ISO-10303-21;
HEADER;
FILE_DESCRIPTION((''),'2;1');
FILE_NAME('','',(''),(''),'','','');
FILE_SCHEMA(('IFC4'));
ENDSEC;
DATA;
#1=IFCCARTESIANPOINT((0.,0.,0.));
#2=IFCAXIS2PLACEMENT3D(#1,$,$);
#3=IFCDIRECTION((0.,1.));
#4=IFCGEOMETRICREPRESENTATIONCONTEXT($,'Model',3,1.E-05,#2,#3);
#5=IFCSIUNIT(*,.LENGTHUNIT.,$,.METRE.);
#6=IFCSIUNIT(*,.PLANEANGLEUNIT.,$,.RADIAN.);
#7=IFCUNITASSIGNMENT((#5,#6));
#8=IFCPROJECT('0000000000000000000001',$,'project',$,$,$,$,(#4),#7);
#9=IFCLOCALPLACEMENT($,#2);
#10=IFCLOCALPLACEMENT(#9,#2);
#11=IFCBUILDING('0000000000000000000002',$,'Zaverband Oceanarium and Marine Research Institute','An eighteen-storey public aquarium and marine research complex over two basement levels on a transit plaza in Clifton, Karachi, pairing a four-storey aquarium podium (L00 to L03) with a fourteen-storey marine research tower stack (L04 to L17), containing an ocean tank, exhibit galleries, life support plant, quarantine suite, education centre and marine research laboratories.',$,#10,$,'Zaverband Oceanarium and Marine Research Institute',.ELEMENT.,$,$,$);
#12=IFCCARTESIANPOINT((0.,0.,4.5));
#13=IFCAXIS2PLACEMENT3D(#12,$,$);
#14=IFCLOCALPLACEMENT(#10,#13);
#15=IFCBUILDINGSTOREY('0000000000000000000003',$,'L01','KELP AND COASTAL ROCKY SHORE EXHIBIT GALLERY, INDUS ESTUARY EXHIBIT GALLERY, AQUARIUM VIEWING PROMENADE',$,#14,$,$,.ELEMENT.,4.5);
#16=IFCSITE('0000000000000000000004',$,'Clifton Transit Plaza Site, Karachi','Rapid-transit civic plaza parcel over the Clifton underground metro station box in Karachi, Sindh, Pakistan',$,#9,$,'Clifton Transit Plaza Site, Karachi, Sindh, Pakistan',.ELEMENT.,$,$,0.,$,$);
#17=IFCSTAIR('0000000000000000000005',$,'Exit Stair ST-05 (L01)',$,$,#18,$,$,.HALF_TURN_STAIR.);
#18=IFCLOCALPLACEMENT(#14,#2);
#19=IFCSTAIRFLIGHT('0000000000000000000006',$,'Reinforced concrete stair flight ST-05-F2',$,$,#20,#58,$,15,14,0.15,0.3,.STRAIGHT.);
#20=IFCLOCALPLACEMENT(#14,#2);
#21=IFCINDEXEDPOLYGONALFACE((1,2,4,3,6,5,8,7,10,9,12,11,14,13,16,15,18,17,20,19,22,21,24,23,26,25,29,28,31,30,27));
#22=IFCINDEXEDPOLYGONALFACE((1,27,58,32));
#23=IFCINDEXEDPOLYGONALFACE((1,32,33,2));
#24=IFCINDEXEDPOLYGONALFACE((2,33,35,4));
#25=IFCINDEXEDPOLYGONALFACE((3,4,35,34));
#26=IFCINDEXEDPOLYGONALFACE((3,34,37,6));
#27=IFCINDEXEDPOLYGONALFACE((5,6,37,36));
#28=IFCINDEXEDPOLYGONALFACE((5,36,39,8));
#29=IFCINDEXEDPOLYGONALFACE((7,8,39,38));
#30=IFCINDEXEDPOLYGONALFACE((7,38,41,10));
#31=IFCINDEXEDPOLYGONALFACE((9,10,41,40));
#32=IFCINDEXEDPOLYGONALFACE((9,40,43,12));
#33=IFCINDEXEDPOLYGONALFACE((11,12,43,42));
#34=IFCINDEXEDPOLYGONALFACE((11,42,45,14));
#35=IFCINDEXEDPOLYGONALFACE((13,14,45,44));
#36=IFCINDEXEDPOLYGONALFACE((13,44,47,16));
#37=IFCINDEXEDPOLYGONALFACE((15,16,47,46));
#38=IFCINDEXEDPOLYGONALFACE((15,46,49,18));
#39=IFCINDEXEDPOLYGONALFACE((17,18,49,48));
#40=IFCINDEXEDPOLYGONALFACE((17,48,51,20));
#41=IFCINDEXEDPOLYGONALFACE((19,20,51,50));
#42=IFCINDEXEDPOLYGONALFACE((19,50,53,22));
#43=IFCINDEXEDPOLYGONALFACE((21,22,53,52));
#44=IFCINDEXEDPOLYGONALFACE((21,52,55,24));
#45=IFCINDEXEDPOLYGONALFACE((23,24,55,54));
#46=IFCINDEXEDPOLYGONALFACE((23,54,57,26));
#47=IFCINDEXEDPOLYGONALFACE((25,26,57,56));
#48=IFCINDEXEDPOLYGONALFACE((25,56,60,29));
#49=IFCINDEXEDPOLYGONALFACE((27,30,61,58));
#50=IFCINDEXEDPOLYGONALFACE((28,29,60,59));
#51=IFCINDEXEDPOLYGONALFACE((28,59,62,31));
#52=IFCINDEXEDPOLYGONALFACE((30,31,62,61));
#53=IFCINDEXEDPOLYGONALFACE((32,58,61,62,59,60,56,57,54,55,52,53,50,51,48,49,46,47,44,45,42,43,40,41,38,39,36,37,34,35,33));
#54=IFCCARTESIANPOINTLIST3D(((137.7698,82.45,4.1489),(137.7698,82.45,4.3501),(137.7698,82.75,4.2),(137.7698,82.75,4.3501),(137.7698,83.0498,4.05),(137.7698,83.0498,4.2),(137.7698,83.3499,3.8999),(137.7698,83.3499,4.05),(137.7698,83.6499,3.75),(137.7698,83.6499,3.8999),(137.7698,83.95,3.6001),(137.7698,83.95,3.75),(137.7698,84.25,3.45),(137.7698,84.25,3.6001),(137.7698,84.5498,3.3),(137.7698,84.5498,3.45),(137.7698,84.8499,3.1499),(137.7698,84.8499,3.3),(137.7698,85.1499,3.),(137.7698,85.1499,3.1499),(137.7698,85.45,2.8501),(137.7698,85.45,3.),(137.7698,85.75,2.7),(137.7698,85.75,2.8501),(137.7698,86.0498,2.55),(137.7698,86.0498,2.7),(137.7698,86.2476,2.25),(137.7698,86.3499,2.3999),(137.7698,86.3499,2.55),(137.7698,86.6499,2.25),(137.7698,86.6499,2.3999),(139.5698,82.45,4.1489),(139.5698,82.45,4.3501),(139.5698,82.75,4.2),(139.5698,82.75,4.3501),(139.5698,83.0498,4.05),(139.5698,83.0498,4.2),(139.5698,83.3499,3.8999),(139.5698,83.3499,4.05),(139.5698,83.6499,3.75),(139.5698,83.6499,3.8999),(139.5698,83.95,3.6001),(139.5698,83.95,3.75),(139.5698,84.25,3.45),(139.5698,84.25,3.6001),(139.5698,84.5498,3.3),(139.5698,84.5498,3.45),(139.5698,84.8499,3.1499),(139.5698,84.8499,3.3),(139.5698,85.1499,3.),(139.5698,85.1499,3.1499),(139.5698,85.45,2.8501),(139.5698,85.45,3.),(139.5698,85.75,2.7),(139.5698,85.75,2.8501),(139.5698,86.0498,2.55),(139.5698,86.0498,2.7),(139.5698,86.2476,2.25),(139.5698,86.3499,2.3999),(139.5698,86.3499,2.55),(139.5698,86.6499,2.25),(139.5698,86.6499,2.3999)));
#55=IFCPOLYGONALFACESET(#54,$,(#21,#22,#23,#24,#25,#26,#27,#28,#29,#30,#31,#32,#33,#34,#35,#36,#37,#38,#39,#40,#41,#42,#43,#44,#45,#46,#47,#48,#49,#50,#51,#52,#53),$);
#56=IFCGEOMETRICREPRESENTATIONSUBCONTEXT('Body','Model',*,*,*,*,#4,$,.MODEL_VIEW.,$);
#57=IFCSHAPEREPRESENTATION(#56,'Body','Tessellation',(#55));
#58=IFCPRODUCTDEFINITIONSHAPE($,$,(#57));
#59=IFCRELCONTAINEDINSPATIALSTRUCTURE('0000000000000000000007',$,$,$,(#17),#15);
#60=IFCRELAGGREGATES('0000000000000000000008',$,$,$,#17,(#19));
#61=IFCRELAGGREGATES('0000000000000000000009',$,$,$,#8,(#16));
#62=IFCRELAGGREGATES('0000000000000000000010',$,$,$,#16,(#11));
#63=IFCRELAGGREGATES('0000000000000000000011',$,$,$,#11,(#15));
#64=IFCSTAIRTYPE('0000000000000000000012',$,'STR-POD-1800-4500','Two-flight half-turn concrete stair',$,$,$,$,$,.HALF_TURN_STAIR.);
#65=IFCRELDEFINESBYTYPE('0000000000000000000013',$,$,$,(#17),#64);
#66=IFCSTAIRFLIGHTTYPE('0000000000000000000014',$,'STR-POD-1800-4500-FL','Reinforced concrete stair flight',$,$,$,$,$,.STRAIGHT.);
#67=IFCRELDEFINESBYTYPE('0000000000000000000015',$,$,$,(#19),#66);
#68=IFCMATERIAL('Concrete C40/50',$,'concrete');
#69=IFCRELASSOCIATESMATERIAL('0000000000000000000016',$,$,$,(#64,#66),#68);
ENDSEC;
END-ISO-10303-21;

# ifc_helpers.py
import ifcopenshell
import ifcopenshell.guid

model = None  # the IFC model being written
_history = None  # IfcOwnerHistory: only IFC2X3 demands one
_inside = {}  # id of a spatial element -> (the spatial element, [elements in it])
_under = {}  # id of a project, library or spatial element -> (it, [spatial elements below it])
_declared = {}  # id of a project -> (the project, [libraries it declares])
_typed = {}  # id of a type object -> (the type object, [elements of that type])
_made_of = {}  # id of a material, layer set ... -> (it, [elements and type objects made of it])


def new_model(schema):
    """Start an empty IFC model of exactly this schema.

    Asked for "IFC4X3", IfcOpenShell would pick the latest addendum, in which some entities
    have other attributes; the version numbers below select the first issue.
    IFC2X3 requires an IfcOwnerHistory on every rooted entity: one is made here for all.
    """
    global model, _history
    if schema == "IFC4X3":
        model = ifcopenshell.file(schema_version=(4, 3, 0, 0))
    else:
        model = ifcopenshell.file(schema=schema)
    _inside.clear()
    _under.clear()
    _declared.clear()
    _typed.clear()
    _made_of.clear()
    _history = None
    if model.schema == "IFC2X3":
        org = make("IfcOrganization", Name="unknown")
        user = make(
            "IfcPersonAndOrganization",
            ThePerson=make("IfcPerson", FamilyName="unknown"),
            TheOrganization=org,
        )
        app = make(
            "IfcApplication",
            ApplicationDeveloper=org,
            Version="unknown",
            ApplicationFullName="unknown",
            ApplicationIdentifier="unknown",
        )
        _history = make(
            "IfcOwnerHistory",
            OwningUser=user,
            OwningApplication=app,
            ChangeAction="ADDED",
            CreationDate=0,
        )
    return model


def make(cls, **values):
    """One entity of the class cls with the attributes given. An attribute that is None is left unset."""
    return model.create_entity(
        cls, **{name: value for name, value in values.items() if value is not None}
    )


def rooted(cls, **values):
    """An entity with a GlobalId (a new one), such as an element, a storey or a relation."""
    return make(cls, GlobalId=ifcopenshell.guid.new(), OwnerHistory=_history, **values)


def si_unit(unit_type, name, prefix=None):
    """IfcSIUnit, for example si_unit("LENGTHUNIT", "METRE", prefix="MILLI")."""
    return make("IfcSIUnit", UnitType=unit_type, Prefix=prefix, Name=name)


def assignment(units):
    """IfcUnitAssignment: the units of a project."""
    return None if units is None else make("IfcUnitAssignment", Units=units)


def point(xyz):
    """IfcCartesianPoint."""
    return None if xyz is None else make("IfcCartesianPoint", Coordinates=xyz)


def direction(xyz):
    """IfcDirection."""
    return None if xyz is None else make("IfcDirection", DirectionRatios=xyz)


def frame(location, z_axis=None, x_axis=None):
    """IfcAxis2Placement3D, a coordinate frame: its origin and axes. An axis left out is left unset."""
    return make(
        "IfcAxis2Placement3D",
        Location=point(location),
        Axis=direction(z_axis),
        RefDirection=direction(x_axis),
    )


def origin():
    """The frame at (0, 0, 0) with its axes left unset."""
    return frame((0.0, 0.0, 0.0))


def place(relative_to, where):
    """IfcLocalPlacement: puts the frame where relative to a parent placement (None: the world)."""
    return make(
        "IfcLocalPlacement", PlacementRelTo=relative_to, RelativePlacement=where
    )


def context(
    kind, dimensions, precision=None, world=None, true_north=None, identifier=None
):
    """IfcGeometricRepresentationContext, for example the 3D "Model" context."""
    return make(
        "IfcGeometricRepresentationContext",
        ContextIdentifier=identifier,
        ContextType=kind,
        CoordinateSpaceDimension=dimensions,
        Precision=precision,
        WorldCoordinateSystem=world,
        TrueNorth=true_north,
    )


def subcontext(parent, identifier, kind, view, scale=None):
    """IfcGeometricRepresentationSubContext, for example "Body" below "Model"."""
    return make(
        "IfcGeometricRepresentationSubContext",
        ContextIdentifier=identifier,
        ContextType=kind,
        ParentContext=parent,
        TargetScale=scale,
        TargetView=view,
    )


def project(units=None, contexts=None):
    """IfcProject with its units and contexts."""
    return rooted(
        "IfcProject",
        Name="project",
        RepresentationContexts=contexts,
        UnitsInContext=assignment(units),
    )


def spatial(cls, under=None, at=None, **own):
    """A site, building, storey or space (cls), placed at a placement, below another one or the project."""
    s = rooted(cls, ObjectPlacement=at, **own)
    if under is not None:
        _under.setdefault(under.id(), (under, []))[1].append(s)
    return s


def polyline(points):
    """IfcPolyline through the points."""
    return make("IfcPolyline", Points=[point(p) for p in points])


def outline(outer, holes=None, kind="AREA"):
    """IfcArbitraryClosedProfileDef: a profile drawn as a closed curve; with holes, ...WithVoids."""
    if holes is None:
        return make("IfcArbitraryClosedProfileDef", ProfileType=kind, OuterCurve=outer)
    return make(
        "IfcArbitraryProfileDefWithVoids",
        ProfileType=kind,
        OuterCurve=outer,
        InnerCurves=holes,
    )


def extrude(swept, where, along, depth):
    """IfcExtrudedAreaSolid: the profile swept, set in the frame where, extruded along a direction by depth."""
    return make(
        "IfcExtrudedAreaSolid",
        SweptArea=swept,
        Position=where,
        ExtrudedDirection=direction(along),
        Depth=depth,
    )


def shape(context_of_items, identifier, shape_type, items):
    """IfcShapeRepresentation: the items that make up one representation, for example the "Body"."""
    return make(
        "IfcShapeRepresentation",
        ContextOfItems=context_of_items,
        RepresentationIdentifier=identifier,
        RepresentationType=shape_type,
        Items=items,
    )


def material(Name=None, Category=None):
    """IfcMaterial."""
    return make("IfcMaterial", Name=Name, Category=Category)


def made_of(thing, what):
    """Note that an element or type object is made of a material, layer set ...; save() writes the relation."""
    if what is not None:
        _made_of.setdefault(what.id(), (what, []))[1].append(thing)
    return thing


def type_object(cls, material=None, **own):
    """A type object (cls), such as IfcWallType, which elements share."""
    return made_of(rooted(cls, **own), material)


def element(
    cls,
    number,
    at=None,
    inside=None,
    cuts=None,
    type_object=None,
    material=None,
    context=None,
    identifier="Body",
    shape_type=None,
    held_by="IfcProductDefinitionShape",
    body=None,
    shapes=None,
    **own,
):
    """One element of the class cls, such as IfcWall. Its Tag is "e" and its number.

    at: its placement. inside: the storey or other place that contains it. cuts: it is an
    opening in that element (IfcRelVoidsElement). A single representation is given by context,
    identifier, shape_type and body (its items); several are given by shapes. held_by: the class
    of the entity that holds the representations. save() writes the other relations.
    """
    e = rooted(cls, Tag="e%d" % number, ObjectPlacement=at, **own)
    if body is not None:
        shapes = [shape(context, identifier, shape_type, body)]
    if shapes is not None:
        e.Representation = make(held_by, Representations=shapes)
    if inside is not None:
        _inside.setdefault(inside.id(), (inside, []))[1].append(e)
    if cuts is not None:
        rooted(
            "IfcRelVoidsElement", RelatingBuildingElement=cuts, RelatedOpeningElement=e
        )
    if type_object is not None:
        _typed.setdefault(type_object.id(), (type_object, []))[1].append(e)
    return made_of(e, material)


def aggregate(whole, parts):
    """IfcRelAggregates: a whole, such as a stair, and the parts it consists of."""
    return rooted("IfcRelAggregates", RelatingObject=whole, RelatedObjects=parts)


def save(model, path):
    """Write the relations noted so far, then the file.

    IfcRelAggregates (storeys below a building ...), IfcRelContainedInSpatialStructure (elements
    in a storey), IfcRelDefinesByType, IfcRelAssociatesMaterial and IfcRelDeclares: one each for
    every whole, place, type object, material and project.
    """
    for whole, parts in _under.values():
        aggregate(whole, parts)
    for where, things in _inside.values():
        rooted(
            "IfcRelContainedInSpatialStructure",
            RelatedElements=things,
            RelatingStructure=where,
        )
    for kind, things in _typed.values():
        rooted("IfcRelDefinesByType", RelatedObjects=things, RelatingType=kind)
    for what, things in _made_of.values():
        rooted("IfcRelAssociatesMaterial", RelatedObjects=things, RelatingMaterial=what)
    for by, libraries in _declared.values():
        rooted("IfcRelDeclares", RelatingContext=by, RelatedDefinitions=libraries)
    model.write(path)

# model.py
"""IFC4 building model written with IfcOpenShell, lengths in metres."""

from ifc_helpers import new_model, si_unit, direction, frame, origin, place, context, subcontext, project, spatial, polyline, outline, extrude, material, type_object, element, aggregate, save


model = new_model("IFC4")

# Units and contexts
model_context = context("Model", 3, precision=1e-05, world=origin(), true_north=direction((0.0, 1.0)))
body_context = subcontext(model_context, "Body", "Model", "MODEL_VIEW")
ifc_project = project(units=[si_unit("LENGTHUNIT", "METRE"), si_unit("PLANEANGLEUNIT", "RADIAN")], contexts=[model_context])

# Site, building, storey
site_placement = place(None, origin())
site = spatial("IfcSite", under=ifc_project, at=site_placement, Name="Clifton Transit Plaza Site, Karachi", Description="Rapid-transit civic plaza parcel over the Clifton underground metro station box in Karachi, Sindh, Pakistan", LongName="Clifton Transit Plaza Site, Karachi, Sindh, Pakistan", CompositionType="ELEMENT", RefElevation=0.0)
building_placement = place(site_placement, origin())
building = spatial("IfcBuilding", under=site, at=building_placement, Name="Zaverband Oceanarium and Marine Research Institute", Description="An eighteen-storey public aquarium and marine research complex over two basement levels on a transit plaza in Clifton, Karachi, pairing a four-storey aquarium podium (L00 to L03) with a fourteen-storey marine research tower stack (L04 to L17), containing an ocean tank, exhibit galleries, life support plant, quarantine suite, education centre and marine research laboratories.", LongName="Zaverband Oceanarium and Marine Research Institute", CompositionType="ELEMENT")
storey_placement = place(building_placement, frame((0.0, 0.0, 4.5)))
storey = spatial("IfcBuildingStorey", under=building, at=storey_placement, Name="L01", Description="KELP AND COASTAL ROCKY SHORE EXHIBIT GALLERY, INDUS ESTUARY EXHIBIT GALLERY, AQUARIUM VIEWING PROMENADE", CompositionType="ELEMENT", Elevation=4.5)

# Shared definitions
ifc_material_1 = material(Name="Concrete C40/50", Category="concrete")

# Stair, stair flight
stair_type = type_object("IfcStairType", Name="STR-POD-1800-4500", Description="Two-flight half-turn concrete stair", PredefinedType="HALF_TURN_STAIR", material=ifc_material_1)
stair_placement = place(storey_placement, origin())
stair = element("IfcStair", 1, at=stair_placement, inside=storey, type_object=stair_type, Name="Exit Stair ST-05 (L01)", PredefinedType="HALF_TURN_STAIR")
stair_flight_type = type_object("IfcStairFlightType", Name="STR-POD-1800-4500-FL", Description="Reinforced concrete stair flight", PredefinedType="STRAIGHT", material=ifc_material_1)
stair_flight_1_placement = place(storey_placement, frame((138.6699, 86.6499, 2.25), z_axis=(0.0, 0.0, 1.0), x_axis=(0.0, -1.0, 0.0)))
stair_flight_1 = element("IfcStairFlight", 2, at=stair_flight_1_placement, type_object=stair_flight_type, Name="Reinforced concrete stair flight ST-05-F2", NumberOfRisers=15, NumberOfTreads=14, PredefinedType="STRAIGHT", RiserHeight=0.15, TreadLength=0.3, context=body_context, shape_type="SweptSolid", body=[
    extrude(outline(polyline([(0.0, 0.0), (0.0, 0.1499), (0.3, 0.1499), (0.3, 0.3), (0.6001, 0.3), (0.6001, 0.45), (0.8999, 0.45), (0.8999, 0.6001), (1.2, 0.6001), (1.2, 0.75), (1.5, 0.75), (1.5, 0.8999), (1.8, 0.8999), (1.8, 1.05), (2.1001, 1.05), (2.1001, 1.2), (2.3999, 1.2), (2.3999, 1.3501), (2.7, 1.3501), (2.7, 1.5), (3.0, 1.5), (3.0, 1.6499), (3.3, 1.6499), (3.3, 1.8), (3.6001, 1.8), (3.6001, 1.95), (3.8999, 1.95), (3.8999, 2.1001), (4.2, 2.1001), (4.2, 2.25), (4.2, 1.8989), (0.4023, 0.0), (0.0, 0.0)])), frame((0.0, 0.8999, 0.0), z_axis=(0.0, -1.0, 0.0), x_axis=(1.0, 0.0, 0.0)), (0.0, 0.0, 1.0), 1.8),
])
aggregate(stair, [stair_flight_1])

save(model, "model.ifc")
